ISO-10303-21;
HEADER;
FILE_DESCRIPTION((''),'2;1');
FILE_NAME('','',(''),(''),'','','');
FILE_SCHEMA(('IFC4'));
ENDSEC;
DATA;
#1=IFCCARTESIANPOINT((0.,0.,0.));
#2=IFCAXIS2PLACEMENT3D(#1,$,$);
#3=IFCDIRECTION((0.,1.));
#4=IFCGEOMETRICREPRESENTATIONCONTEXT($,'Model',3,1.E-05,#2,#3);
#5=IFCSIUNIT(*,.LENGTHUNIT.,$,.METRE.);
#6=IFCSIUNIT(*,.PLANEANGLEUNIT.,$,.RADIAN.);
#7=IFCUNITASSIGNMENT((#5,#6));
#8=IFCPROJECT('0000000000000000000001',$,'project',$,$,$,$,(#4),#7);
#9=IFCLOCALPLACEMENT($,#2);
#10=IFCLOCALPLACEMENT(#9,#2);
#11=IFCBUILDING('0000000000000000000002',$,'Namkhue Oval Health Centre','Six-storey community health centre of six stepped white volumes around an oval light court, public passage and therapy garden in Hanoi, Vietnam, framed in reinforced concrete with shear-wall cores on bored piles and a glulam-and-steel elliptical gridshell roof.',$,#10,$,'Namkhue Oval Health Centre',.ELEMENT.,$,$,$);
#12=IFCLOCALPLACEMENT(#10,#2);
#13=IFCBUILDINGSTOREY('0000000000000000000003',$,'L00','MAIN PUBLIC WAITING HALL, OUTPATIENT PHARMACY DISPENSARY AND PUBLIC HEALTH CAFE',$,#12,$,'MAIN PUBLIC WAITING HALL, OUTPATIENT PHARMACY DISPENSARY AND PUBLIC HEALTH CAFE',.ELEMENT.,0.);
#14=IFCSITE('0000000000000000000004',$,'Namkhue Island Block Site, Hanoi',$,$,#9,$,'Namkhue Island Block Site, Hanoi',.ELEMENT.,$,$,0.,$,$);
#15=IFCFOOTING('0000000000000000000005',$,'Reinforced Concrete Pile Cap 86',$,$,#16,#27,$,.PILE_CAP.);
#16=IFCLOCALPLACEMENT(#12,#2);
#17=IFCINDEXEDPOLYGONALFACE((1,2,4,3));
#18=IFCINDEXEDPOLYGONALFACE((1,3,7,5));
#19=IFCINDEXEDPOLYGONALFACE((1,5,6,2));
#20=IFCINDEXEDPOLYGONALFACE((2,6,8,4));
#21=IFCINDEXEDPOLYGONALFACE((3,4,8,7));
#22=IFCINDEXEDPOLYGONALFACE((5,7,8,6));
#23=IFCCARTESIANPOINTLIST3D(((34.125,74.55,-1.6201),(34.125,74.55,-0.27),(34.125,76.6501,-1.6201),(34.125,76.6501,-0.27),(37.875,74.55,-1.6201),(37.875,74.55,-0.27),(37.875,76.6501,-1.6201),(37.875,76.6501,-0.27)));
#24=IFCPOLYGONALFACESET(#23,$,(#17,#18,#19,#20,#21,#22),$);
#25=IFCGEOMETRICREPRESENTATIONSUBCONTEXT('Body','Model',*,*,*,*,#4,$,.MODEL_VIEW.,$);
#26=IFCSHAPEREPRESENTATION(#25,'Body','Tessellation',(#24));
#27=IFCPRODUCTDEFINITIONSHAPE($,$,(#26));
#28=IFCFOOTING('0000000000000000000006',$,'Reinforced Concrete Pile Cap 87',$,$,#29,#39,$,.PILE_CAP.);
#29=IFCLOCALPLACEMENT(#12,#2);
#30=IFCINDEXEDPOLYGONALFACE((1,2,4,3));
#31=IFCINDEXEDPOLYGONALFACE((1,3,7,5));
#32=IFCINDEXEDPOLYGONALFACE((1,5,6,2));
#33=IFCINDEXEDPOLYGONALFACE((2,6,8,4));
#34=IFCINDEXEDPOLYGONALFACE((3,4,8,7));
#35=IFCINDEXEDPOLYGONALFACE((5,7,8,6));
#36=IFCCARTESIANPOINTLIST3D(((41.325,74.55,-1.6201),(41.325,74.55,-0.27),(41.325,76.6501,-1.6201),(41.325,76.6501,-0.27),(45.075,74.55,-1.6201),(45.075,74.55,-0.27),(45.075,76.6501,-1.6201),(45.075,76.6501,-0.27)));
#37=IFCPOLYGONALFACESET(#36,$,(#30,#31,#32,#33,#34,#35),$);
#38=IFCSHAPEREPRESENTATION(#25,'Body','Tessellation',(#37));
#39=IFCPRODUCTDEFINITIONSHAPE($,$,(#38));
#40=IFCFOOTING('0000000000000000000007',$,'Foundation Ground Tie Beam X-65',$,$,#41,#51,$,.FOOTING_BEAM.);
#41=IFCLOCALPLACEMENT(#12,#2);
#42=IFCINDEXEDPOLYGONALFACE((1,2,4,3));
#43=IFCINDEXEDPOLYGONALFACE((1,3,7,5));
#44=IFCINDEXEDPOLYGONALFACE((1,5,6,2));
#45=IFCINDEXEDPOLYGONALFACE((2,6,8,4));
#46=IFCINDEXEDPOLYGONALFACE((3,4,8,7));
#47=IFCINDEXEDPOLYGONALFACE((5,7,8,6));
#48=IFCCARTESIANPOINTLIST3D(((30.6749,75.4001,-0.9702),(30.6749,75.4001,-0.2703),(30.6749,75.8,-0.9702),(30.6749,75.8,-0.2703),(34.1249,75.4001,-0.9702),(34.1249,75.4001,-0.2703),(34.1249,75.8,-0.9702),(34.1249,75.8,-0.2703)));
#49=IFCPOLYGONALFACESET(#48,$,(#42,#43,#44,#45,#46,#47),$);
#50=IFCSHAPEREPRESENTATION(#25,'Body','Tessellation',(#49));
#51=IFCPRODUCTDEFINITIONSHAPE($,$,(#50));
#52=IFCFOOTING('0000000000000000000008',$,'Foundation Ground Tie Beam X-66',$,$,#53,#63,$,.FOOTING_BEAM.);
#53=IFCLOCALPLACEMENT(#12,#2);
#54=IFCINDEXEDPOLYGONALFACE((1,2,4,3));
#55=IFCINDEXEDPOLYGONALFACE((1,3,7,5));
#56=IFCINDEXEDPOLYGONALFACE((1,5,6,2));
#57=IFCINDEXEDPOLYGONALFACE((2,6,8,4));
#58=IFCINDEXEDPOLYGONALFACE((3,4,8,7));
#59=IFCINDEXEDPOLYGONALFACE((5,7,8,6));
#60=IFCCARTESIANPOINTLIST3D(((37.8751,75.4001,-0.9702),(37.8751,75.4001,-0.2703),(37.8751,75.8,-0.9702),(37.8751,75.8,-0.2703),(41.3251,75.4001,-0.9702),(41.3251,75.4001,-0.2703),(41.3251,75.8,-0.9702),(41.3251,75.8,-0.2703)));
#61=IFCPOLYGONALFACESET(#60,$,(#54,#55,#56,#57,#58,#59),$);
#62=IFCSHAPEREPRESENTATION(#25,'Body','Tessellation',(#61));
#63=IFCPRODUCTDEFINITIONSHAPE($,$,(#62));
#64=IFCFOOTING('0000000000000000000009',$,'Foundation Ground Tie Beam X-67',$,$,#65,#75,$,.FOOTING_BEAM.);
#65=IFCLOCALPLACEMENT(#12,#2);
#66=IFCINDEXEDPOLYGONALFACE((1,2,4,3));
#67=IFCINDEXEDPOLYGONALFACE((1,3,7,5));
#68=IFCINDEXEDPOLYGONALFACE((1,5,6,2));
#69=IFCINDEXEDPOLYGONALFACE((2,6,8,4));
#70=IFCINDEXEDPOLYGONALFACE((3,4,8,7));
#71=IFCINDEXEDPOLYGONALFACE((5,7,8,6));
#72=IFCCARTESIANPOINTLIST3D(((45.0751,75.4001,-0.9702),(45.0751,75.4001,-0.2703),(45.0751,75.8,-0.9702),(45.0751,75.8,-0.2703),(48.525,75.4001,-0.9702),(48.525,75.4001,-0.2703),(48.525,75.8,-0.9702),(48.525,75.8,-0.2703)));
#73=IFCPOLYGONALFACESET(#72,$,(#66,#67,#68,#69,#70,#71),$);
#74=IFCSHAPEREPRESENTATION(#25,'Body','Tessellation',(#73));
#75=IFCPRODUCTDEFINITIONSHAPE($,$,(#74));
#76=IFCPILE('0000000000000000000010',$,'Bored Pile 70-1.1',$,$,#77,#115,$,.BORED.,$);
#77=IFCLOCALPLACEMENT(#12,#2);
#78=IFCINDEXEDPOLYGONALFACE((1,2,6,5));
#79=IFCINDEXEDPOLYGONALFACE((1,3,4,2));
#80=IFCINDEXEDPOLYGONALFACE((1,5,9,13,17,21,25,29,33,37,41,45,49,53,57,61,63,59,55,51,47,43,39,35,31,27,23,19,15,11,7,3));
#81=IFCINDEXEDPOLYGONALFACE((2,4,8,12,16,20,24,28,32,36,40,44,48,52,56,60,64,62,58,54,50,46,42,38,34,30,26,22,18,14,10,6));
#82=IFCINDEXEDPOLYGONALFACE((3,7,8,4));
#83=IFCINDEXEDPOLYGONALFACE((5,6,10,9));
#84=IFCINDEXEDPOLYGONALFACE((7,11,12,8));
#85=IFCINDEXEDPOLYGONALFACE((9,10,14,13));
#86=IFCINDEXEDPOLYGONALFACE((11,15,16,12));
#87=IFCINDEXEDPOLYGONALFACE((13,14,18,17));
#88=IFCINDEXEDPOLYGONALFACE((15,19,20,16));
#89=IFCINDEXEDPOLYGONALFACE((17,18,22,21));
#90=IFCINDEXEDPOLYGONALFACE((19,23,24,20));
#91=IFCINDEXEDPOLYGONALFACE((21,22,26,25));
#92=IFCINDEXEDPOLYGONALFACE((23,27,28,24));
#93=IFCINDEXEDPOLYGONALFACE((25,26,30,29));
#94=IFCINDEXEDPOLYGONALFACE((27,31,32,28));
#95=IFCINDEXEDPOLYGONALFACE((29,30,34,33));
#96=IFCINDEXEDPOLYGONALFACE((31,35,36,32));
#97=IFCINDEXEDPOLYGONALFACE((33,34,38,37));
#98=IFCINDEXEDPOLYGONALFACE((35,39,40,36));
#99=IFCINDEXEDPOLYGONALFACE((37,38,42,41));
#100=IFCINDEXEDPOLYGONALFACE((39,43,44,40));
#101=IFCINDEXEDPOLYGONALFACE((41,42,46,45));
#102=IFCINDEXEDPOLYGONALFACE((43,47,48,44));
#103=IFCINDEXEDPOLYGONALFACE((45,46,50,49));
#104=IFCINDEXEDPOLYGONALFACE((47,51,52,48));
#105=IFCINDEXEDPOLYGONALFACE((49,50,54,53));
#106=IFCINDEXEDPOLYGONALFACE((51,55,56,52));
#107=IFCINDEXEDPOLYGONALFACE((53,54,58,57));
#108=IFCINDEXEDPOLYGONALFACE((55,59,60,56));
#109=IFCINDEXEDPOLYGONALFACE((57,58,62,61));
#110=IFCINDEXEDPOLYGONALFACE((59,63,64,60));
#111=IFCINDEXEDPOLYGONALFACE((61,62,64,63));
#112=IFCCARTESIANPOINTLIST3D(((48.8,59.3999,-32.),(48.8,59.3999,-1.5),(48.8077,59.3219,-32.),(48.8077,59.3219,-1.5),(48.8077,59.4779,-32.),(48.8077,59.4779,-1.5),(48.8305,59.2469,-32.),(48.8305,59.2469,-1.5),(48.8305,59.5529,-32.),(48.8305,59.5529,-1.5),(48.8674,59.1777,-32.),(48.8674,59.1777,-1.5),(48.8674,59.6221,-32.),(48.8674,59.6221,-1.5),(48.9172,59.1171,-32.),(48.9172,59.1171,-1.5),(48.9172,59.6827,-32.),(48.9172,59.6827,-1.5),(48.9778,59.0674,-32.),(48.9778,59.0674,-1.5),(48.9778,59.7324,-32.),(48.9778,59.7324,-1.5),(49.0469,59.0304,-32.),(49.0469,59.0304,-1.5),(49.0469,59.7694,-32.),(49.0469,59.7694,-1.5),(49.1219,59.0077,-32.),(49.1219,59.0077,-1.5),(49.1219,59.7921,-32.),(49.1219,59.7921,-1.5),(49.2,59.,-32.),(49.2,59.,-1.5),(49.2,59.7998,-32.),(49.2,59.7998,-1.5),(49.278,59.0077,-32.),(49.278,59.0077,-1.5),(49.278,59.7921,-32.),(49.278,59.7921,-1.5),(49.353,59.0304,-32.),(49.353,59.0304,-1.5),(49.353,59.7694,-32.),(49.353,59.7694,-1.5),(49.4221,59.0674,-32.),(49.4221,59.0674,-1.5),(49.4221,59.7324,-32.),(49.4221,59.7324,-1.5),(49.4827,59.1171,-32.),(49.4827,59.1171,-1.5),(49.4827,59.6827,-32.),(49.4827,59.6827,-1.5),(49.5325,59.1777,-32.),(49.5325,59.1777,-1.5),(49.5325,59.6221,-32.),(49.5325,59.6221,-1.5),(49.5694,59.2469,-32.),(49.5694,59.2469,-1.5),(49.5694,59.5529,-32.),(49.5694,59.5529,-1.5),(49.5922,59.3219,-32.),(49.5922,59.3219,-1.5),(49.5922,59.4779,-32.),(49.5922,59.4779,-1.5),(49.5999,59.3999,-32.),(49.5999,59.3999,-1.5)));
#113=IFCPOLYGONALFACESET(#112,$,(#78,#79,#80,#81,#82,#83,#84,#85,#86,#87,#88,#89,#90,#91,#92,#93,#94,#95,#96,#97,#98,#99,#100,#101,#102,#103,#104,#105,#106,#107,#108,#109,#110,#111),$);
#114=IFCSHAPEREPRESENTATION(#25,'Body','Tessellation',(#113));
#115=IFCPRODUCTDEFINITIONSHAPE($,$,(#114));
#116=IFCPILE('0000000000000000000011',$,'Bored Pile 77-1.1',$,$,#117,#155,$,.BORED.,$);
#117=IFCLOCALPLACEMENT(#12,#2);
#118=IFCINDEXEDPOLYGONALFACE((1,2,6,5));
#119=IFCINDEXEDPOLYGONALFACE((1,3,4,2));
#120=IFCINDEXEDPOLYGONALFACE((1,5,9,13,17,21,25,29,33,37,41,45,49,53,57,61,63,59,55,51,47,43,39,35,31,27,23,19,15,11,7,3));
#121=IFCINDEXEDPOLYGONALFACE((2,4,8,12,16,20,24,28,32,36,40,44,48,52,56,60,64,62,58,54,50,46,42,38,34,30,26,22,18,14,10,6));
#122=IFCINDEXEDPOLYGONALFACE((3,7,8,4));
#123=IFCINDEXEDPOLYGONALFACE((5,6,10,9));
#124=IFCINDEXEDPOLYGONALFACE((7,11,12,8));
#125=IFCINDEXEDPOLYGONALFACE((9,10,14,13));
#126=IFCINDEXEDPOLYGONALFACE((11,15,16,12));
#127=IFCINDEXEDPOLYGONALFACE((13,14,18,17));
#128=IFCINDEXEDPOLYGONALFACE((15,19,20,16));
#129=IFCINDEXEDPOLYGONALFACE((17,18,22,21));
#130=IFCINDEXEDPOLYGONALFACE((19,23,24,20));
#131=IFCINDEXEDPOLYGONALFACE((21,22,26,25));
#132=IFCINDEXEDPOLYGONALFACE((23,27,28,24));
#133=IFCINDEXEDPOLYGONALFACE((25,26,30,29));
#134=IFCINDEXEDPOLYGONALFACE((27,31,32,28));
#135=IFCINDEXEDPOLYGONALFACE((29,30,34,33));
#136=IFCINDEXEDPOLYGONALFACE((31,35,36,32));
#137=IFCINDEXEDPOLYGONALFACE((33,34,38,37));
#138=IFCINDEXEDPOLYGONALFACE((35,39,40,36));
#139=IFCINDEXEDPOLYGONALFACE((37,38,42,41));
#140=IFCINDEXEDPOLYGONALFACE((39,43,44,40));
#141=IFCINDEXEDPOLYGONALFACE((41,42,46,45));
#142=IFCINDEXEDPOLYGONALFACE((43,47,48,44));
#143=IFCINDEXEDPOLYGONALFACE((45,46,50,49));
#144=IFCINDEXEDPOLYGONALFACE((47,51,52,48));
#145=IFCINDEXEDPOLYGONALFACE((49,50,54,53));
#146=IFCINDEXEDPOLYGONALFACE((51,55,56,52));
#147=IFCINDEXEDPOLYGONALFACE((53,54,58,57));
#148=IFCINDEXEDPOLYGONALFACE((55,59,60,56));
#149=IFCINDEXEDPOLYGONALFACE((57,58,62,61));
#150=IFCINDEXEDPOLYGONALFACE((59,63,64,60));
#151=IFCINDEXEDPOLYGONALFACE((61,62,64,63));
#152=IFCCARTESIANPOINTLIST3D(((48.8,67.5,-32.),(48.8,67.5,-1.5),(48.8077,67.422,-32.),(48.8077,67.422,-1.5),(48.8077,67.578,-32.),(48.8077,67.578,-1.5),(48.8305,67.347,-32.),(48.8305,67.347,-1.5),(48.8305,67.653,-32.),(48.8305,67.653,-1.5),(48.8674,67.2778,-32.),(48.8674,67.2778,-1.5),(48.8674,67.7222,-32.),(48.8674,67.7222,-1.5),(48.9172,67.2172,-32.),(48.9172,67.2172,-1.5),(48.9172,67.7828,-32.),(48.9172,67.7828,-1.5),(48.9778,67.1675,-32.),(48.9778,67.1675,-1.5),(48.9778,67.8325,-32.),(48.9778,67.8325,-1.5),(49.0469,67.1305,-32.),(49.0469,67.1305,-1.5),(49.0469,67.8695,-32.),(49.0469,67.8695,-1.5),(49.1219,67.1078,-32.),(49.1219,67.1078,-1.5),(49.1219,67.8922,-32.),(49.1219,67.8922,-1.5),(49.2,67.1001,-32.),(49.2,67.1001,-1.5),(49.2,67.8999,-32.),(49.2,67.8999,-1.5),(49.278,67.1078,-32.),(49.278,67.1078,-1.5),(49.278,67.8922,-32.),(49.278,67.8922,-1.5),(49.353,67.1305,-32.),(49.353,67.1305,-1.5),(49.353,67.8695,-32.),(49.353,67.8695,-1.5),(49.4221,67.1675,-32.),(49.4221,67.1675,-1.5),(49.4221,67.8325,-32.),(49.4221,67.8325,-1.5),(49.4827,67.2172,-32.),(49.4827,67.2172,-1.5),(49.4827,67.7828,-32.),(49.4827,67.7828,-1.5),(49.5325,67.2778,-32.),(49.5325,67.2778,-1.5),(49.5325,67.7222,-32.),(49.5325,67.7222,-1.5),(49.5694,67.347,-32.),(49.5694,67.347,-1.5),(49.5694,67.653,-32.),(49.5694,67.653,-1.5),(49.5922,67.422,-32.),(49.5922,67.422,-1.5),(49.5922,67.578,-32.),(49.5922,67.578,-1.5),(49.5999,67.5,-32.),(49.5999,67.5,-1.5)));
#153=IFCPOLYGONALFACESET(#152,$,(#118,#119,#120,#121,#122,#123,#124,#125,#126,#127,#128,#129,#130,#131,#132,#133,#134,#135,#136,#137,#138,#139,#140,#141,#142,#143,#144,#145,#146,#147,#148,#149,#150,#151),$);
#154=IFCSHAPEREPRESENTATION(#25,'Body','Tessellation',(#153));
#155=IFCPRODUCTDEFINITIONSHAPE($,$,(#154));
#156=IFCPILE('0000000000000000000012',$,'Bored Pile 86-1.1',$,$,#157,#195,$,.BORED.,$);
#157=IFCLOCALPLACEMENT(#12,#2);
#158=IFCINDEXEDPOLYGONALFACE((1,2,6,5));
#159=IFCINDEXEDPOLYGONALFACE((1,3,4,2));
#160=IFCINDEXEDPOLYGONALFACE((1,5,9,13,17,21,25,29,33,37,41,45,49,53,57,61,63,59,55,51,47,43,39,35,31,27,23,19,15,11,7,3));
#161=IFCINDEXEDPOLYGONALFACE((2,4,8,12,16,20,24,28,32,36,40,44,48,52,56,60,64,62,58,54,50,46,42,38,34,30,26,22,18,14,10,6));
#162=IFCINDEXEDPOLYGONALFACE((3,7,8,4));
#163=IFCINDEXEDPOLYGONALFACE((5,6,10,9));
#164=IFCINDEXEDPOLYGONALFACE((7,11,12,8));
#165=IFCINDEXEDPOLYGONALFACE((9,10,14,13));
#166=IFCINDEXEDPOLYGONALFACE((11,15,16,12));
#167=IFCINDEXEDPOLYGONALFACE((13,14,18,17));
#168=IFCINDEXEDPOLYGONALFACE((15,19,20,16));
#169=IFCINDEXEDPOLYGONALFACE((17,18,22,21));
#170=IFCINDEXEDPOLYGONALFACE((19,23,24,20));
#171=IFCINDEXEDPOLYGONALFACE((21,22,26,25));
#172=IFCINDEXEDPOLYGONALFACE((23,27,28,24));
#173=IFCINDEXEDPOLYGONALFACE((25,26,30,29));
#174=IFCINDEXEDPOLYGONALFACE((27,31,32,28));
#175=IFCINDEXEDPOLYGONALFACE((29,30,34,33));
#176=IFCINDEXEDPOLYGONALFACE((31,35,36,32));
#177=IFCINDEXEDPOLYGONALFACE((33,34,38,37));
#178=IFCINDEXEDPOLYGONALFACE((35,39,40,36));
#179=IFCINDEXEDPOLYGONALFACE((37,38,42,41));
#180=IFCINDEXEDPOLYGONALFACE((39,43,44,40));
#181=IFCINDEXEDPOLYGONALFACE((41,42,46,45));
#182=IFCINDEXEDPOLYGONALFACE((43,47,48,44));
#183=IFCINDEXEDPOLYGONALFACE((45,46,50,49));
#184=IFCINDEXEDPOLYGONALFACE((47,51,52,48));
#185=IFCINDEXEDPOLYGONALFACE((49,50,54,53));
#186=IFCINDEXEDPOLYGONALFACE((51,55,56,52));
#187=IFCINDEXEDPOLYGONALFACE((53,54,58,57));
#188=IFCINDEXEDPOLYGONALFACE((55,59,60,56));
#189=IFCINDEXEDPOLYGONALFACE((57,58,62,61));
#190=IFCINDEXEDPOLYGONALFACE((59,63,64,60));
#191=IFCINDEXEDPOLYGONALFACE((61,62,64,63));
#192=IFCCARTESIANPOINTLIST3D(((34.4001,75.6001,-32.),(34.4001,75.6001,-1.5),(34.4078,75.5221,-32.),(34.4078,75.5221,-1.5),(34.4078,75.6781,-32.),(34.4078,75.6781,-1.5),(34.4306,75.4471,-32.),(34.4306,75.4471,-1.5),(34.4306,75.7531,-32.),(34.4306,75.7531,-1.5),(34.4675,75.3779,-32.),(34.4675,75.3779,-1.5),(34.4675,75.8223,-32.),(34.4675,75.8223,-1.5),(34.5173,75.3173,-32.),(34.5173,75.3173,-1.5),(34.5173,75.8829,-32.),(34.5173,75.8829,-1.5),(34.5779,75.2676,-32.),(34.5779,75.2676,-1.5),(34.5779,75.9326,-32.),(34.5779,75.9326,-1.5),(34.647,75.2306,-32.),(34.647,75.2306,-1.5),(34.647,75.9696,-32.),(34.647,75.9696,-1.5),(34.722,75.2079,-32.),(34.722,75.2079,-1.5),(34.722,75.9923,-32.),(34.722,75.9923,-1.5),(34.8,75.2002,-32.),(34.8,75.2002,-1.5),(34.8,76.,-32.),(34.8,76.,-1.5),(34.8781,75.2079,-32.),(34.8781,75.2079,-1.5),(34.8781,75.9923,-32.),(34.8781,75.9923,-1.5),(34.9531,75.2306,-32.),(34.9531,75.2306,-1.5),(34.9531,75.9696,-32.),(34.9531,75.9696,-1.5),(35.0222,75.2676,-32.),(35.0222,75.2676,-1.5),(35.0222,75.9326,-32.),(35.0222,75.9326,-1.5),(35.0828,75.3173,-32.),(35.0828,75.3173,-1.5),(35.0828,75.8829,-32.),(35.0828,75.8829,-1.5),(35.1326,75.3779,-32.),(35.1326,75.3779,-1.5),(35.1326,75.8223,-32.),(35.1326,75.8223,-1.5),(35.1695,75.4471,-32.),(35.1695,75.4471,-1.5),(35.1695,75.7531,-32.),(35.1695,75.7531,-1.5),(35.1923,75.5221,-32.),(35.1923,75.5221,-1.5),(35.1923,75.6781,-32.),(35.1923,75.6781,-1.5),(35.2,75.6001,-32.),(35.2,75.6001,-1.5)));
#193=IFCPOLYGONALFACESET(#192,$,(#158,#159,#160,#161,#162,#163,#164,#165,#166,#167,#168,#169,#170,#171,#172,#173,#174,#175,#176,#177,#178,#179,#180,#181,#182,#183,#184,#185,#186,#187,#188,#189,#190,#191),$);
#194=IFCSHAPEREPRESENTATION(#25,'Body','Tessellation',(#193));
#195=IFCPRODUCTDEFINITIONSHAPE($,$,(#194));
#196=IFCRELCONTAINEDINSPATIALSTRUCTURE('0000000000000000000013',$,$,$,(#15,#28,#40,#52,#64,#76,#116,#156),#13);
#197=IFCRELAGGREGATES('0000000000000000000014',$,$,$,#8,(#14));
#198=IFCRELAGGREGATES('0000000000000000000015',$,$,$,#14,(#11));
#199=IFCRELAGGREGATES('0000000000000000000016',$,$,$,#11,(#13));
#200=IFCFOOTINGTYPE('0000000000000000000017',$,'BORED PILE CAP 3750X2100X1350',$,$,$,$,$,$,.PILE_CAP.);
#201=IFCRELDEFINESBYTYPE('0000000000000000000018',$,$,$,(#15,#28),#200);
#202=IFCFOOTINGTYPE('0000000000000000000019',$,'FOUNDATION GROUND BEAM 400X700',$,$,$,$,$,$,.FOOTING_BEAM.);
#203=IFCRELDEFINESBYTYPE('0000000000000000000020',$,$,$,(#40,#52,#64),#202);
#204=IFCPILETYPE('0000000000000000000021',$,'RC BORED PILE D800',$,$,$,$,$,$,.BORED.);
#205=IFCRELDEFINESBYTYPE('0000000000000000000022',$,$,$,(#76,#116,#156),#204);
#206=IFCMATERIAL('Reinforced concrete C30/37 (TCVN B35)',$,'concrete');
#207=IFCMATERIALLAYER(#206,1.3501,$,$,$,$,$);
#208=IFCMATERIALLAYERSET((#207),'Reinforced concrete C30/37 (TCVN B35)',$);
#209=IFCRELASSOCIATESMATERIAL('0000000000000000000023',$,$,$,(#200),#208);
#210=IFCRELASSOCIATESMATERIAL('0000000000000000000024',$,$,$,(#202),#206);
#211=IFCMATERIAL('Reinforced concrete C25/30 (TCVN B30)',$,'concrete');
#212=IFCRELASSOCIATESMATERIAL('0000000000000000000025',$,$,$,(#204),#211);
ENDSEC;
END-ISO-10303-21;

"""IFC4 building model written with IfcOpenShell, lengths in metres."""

from ifc_helpers import new_model, si_unit, direction, frame, origin, origin_2d, place, context, subcontext, project, spatial, rectangle, circle, extrude, material, layer, layer_set, material_profile, profile_set, type_object, element, save


model = new_model("IFC4")

# Units and contexts
model_context = context("Model", 3, precision=1e-05, world=origin(), true_north=direction((0.0, 1.0)))
body_context = subcontext(model_context, "Body", "Model", "MODEL_VIEW")
ifc_project = project(units=[si_unit("LENGTHUNIT", "METRE"), si_unit("PLANEANGLEUNIT", "RADIAN")], contexts=[model_context])

# Site, building, storey
site_placement = place(None, origin())
site = spatial("IfcSite", under=ifc_project, at=site_placement, Name="Namkhue Island Block Site, Hanoi", LongName="Namkhue Island Block Site, Hanoi", CompositionType="ELEMENT", RefElevation=0.0)
building_placement = place(site_placement, origin())
building = spatial("IfcBuilding", under=site, at=building_placement, Name="Namkhue Oval Health Centre", Description="Six-storey community health centre of six stepped white volumes around an oval light court, public passage and therapy garden in Hanoi, Vietnam, framed in reinforced concrete with shear-wall cores on bored piles and a glulam-and-steel elliptical gridshell roof.", LongName="Namkhue Oval Health Centre", CompositionType="ELEMENT")
storey_placement = place(building_placement, origin())
storey = spatial("IfcBuildingStorey", under=building, at=storey_placement, Name="L00", Description="MAIN PUBLIC WAITING HALL, OUTPATIENT PHARMACY DISPENSARY AND PUBLIC HEALTH CAFE", LongName="MAIN PUBLIC WAITING HALL, OUTPATIENT PHARMACY DISPENSARY AND PUBLIC HEALTH CAFE", CompositionType="ELEMENT", Elevation=0.0)

# Footings
ifc_material_1 = material(Name="Reinforced concrete C30/37 (TCVN B35)", Category="concrete")
ifc_layer_1 = layer(ifc_material_1, 1.3501)
ifc_layer_set_1 = layer_set([ifc_layer_1], Name="Reinforced concrete C30/37 (TCVN B35)")
footing_type_1 = type_object("IfcFootingType", Name="BORED PILE CAP 3750X2100X1350", PredefinedType="PILE_CAP", material=ifc_layer_set_1)
for number, where, z_axis, x_axis, name in (
    (1, (36.0, 75.6001, -1.6201), (0.0, 0.0, 1.0), (1.0, 0.0, 0.0), "Reinforced Concrete Pile Cap 86"),
    (2, (43.2, 75.6001, -1.6201), (0.0, 0.0, 1.0), (1.0, 0.0, 0.0), "Reinforced Concrete Pile Cap 87"),
):
    element("IfcFooting", number, at=place(storey_placement, frame(where, z_axis=z_axis, x_axis=x_axis)), inside=storey, type_object=footing_type_1, Name=name, PredefinedType="PILE_CAP", context=body_context, shape_type="SweptSolid", body=[
        extrude(rectangle(XDim=3.75, YDim=2.1001, at=origin_2d()), origin(), (0.0, 0.0, 1.0), 1.3501),
    ])
footing_type_2 = type_object("IfcFootingType", Name="FOUNDATION GROUND BEAM 400X700", PredefinedType="FOOTING_BEAM", material=ifc_material_1)
for number, where, z_axis, x_axis, name in (
    (3, (32.3999, 75.6001, -0.9702), (0.0, 0.0, 1.0), (1.0, 0.0, 0.0), "Foundation Ground Tie Beam X-65"),
    (4, (39.6001, 75.6001, -0.9702), (0.0, 0.0, 1.0), (1.0, 0.0, 0.0), "Foundation Ground Tie Beam X-66"),
    (5, (46.8, 75.6001, -0.9702), (0.0, 0.0, 1.0), (1.0, 0.0, 0.0), "Foundation Ground Tie Beam X-67"),
):
    element("IfcFooting", number, at=place(storey_placement, frame(where, z_axis=z_axis, x_axis=x_axis)), inside=storey, type_object=footing_type_2, Name=name, PredefinedType="FOOTING_BEAM", context=body_context, shape_type="SweptSolid", body=[
        extrude(rectangle(XDim=3.45, YDim=0.3999, at=origin_2d()), origin(), (0.0, 0.0, 1.0), 0.7),
    ])

# Piles
ifc_material_2 = material(Name="Reinforced concrete C25/30 (TCVN B30)", Category="concrete")
ifc_material_profile_1 = material_profile(ifc_material_2, circle(Radius=0.3999, at=origin_2d()), Name="BORED PILE D800")
ifc_profile_set_1 = profile_set([ifc_material_profile_1], Name="Reinforced concrete C25/30 (TCVN B30)")
pile_type = type_object("IfcPileType", Name="RC BORED PILE D800", PredefinedType="BORED", material=ifc_profile_set_1)
for number, where, z_axis, x_axis, name in (
    (6, (49.2, 59.3999, -1.5), (0.0, 0.0, -1.0), (1.0, 0.0, 0.0), "Bored Pile 70-1.1"),
    (7, (49.2, 67.5, -1.5), (0.0, 0.0, -1.0), (1.0, 0.0, 0.0), "Bored Pile 77-1.1"),
    (8, (34.8, 75.6001, -1.5), (0.0, 0.0, -1.0), (1.0, 0.0, 0.0), "Bored Pile 86-1.1"),
):
    element("IfcPile", number, at=place(storey_placement, frame(where, z_axis=z_axis, x_axis=x_axis)), inside=storey, type_object=pile_type, Name=name, PredefinedType="BORED", context=body_context, shape_type="SweptSolid", body=[
        extrude(circle(Radius=0.3999, at=origin_2d()), origin(), (0.0, 0.0, 1.0), 30.5),
    ])

save(model, "model.ifc")
